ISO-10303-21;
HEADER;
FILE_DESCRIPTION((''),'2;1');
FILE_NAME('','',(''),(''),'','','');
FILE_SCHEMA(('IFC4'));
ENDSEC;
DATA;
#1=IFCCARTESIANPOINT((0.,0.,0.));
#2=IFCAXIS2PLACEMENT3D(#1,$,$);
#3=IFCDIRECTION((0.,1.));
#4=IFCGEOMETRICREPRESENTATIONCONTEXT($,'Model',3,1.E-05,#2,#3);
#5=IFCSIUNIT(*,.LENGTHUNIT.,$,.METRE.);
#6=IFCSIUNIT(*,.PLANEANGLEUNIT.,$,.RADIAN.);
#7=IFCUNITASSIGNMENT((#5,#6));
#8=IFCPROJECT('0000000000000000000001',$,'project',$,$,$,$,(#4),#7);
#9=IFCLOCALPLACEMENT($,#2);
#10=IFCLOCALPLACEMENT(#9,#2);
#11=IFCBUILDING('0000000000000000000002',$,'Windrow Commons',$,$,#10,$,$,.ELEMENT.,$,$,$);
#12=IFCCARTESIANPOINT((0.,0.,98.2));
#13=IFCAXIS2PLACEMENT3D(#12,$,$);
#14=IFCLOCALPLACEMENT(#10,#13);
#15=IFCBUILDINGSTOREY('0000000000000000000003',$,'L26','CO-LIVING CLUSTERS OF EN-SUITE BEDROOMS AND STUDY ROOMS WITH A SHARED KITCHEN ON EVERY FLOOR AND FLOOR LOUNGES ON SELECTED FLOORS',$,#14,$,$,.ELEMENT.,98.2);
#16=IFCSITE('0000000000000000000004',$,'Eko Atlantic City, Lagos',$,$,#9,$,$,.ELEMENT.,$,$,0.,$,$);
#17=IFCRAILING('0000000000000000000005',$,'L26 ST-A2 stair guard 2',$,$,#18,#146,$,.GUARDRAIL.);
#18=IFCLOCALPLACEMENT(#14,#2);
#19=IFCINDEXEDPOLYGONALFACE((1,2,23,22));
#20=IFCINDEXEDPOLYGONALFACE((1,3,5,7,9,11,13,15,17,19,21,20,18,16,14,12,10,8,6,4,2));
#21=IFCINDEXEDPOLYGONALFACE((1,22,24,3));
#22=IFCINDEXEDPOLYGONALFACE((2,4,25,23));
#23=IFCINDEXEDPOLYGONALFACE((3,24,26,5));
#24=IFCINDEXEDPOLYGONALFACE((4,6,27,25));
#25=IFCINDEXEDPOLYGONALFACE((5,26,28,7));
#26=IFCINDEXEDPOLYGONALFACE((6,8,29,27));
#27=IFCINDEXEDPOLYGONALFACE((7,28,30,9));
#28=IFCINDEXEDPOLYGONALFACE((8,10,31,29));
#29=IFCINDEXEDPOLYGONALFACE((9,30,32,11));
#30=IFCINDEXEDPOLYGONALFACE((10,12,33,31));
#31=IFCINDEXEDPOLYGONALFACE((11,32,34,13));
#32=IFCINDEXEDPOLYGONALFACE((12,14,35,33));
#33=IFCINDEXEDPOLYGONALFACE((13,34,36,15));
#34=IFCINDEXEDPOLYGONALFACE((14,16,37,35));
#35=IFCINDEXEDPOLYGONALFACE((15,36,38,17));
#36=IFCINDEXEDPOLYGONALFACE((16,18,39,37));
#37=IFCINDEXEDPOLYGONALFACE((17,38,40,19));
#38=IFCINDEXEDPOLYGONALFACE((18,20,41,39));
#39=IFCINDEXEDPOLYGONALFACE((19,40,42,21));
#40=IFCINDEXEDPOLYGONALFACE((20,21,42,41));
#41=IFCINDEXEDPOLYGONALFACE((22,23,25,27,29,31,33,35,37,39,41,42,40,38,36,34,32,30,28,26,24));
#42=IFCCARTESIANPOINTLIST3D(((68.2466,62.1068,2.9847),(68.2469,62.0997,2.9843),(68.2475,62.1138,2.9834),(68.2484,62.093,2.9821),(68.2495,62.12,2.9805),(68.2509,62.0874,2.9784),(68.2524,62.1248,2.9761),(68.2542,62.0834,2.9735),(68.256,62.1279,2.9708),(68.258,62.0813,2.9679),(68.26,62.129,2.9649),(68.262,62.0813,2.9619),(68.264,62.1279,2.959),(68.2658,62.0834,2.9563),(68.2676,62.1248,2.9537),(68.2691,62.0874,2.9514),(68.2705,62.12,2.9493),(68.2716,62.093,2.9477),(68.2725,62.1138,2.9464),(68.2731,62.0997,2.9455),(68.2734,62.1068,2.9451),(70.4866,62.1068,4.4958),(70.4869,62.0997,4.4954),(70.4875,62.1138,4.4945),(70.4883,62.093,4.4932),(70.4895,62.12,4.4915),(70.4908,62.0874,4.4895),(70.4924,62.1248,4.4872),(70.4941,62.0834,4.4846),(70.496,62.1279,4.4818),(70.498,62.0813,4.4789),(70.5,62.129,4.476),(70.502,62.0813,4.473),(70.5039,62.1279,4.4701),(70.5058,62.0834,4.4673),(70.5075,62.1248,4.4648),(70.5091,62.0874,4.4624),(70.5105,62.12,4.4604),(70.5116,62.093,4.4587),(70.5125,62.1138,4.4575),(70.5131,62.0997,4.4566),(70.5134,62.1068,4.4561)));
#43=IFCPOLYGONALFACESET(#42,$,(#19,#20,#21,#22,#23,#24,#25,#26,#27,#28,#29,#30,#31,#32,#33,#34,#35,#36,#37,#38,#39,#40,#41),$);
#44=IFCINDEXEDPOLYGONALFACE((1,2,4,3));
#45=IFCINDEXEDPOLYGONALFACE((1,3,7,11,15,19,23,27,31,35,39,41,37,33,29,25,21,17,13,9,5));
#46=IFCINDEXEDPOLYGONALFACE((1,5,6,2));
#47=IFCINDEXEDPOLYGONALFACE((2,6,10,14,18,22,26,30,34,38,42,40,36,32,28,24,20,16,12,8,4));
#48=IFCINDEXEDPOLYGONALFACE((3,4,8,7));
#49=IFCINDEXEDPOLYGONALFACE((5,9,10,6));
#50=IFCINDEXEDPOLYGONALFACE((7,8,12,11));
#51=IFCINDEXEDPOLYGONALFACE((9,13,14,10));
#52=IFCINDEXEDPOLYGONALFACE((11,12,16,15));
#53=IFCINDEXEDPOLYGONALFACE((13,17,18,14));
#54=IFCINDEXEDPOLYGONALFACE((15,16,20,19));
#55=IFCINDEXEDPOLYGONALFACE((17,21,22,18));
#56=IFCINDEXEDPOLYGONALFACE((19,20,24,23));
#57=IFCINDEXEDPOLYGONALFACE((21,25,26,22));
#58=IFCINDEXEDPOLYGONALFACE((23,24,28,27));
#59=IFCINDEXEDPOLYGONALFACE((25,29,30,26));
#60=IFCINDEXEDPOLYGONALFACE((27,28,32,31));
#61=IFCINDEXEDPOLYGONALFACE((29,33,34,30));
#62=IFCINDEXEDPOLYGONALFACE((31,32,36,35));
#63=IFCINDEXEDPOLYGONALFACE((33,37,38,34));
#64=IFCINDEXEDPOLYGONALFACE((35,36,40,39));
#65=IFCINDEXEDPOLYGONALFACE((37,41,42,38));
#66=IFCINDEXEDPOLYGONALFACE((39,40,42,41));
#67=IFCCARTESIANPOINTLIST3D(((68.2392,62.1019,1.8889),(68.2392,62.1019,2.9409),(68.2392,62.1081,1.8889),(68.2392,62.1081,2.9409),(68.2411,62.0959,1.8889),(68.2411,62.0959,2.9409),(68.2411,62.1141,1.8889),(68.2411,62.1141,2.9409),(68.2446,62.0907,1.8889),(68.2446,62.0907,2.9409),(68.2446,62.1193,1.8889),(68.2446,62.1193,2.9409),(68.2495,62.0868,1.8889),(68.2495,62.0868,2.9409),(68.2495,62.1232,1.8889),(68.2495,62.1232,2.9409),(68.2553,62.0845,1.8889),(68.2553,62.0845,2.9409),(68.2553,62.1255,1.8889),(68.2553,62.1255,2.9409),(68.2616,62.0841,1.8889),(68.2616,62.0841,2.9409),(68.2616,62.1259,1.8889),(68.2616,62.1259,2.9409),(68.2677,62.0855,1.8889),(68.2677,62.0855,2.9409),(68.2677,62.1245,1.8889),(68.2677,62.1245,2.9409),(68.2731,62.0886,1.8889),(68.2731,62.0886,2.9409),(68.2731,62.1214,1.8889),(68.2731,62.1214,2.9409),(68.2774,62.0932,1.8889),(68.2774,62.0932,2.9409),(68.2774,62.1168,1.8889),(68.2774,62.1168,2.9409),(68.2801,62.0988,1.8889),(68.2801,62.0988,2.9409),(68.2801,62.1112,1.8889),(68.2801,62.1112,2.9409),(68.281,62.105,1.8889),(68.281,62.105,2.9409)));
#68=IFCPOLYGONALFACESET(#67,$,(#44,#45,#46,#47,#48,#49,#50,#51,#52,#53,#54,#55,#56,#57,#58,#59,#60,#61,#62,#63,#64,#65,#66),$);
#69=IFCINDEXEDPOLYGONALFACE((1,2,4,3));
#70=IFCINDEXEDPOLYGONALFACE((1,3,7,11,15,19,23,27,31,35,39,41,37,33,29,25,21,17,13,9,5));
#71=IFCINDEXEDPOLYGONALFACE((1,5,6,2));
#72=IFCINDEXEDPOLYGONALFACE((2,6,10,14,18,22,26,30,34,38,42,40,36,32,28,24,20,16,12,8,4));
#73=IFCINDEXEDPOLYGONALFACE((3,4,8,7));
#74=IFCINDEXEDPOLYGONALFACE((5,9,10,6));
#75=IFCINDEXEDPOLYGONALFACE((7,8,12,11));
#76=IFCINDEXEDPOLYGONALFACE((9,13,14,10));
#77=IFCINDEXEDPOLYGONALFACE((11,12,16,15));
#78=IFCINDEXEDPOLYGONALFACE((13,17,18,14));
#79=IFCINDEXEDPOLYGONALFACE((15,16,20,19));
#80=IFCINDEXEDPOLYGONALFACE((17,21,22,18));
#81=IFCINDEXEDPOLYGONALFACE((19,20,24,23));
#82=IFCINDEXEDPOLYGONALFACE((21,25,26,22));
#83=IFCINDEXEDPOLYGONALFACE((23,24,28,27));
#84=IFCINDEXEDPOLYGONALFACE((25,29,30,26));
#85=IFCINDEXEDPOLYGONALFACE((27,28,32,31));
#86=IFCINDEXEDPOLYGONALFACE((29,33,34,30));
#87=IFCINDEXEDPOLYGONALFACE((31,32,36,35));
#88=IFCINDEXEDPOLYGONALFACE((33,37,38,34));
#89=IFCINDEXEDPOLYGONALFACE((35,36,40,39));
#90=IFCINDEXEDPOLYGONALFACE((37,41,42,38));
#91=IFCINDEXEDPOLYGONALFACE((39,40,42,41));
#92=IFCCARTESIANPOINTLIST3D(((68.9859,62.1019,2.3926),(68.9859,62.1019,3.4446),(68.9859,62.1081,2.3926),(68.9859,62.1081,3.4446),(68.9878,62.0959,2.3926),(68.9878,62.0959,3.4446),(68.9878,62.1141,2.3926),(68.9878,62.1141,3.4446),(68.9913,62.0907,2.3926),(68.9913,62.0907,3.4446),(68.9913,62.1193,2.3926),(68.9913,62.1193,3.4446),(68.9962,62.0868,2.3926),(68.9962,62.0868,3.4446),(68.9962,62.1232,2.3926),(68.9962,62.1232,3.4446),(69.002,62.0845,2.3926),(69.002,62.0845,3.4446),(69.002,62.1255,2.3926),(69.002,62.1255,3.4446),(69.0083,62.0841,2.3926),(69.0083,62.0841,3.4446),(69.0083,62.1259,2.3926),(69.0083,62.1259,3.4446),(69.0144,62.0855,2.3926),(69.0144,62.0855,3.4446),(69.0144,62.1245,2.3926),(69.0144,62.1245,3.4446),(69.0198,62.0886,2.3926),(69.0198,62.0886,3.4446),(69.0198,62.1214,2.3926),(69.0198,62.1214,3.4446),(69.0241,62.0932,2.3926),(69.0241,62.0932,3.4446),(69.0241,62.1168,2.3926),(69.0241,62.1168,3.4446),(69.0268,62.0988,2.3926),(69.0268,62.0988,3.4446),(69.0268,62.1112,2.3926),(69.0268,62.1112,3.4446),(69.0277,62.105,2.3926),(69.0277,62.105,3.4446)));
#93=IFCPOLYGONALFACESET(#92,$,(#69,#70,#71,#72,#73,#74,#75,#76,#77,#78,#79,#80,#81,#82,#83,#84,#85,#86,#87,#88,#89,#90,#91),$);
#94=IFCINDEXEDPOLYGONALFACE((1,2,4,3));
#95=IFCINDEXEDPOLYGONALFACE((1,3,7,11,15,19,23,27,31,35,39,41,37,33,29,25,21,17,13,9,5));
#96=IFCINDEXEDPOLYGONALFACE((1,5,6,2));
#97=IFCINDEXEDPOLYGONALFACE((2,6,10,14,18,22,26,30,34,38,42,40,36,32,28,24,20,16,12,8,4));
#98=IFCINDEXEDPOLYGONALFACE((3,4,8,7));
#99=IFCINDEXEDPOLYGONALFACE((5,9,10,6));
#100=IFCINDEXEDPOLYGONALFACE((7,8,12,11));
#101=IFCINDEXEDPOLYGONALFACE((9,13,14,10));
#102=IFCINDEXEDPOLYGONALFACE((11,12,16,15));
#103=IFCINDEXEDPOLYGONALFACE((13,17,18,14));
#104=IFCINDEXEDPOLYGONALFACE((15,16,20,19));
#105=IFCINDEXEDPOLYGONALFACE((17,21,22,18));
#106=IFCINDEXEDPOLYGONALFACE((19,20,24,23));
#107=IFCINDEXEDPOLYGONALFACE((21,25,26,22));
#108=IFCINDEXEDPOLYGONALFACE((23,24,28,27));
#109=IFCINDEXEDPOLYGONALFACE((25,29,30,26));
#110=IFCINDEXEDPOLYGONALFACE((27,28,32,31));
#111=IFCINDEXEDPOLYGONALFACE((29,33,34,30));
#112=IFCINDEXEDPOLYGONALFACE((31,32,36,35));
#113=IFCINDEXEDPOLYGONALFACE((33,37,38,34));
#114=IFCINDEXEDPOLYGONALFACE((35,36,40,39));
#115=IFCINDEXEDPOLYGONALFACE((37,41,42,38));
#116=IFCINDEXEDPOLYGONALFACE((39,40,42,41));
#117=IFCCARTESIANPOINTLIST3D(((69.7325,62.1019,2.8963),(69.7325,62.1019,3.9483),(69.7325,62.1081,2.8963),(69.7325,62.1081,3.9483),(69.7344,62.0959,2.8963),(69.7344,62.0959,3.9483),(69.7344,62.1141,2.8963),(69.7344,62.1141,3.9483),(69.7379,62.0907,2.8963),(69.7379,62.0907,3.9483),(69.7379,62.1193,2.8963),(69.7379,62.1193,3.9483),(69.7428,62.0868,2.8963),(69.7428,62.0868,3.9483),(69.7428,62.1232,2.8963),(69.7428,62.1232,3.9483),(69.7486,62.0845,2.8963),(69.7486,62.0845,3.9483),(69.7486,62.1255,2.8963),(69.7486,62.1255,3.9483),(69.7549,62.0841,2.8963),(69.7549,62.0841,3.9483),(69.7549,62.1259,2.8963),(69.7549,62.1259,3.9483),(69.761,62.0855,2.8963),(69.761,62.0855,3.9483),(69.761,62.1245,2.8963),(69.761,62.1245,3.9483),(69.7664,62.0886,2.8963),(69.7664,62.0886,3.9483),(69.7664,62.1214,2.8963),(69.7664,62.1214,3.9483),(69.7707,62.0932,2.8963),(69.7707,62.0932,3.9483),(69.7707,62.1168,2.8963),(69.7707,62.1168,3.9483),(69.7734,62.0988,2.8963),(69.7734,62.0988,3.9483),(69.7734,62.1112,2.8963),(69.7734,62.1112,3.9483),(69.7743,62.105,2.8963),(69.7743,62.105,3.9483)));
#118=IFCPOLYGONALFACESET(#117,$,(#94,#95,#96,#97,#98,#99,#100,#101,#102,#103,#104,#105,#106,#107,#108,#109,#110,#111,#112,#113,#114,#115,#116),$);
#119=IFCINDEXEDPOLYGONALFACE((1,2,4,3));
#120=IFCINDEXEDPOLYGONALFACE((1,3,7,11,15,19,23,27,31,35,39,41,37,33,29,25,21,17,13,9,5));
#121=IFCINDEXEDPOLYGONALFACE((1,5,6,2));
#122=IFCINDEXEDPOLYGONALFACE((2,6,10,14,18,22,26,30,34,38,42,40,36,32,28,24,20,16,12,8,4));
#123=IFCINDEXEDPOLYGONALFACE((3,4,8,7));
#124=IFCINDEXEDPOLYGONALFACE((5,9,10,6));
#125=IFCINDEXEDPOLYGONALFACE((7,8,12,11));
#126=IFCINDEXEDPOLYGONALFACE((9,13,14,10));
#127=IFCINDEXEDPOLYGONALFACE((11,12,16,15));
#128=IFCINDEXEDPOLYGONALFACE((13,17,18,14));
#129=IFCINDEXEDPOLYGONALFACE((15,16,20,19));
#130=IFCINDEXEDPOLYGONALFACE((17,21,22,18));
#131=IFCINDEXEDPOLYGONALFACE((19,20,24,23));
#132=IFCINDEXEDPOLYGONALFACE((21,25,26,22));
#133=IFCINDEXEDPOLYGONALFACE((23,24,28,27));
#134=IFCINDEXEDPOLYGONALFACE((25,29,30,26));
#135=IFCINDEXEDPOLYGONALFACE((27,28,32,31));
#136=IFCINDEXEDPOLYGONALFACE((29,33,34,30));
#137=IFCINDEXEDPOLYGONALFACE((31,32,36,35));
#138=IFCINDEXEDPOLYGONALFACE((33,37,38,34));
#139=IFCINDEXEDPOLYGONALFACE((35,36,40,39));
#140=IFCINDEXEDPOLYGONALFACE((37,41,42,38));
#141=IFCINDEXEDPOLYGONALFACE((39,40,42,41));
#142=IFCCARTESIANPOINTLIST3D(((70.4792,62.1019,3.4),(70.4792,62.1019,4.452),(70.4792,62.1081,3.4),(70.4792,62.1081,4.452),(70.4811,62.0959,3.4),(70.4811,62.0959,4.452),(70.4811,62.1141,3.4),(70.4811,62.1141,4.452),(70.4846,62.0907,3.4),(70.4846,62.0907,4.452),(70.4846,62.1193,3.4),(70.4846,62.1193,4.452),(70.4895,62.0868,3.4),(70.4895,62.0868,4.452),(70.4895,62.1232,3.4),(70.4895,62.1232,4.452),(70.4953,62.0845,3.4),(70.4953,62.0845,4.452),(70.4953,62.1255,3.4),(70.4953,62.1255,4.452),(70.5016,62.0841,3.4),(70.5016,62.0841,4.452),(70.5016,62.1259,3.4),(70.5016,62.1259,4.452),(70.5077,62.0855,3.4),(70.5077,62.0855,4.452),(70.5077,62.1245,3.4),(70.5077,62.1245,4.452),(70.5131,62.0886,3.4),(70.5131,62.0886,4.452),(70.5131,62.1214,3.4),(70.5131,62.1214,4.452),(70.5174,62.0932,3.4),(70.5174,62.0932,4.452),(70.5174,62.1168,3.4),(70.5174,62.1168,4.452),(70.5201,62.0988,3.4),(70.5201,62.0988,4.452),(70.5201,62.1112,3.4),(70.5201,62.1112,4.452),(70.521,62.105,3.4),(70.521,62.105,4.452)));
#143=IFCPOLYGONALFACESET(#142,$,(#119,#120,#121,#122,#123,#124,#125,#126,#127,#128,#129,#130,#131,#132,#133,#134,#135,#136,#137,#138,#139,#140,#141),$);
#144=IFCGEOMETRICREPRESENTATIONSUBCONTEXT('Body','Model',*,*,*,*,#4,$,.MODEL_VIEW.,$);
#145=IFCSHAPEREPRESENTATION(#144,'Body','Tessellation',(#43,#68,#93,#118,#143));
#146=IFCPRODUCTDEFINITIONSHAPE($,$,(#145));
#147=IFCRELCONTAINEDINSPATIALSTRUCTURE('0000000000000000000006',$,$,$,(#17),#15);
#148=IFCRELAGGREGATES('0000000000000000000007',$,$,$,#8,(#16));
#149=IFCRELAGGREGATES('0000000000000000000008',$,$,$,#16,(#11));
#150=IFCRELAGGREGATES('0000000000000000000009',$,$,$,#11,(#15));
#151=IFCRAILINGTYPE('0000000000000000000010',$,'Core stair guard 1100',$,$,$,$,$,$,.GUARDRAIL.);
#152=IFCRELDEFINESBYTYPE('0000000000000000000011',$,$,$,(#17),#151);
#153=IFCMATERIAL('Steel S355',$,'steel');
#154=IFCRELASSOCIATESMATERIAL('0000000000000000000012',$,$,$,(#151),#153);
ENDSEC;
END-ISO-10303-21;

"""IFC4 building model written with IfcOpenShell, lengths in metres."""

from ifc_helpers import new_model, si_unit, direction, frame, origin, origin_2d, place, context, subcontext, project, spatial, circle, extrude, material, type_object, element, save


model = new_model("IFC4")

# Units and contexts
model_context = context("Model", 3, precision=1e-05, world=origin(), true_north=direction((0.0, 1.0)))
body_context = subcontext(model_context, "Body", "Model", "MODEL_VIEW")
ifc_project = project(units=[si_unit("LENGTHUNIT", "METRE"), si_unit("PLANEANGLEUNIT", "RADIAN")], contexts=[model_context])

# Site, building, storey
site_placement = place(None, origin())
site = spatial("IfcSite", under=ifc_project, at=site_placement, Name="Eko Atlantic City, Lagos", CompositionType="ELEMENT", RefElevation=0.0)
building_placement = place(site_placement, origin())
building = spatial("IfcBuilding", under=site, at=building_placement, Name="Windrow Commons", CompositionType="ELEMENT")
storey_placement = place(building_placement, frame((0.0, 0.0, 98.2)))
storey = spatial("IfcBuildingStorey", under=building, at=storey_placement, Name="L26", Description="CO-LIVING CLUSTERS OF EN-SUITE BEDROOMS AND STUDY ROOMS WITH A SHARED KITCHEN ON EVERY FLOOR AND FLOOR LOUNGES ON SELECTED FLOORS", CompositionType="ELEMENT", Elevation=98.2)

# Railing
ifc_material_1 = material(Name="Steel S355", Category="steel")
railing_type_1 = type_object("IfcRailingType", Name="Core stair guard 1100", PredefinedType="GUARDRAIL", material=ifc_material_1)
railing_1_placement = place(storey_placement, frame((68.26, 62.105, 1.8889)))
element("IfcRailing", 1, at=railing_1_placement, inside=storey, type_object=railing_type_1, Name="L26 ST-A2 stair guard 2", PredefinedType="GUARDRAIL", context=body_context, shape_type="SweptSolid", body=[
    extrude(circle(Radius=0.024, at=origin_2d()), frame((0.0, 0.0, 1.076), z_axis=(0.829003, 0.0, 0.559244), x_axis=(0.0, 1.0, 0.0)), (0.0, 0.0, 1.0), 2.702),
    extrude(circle(Radius=0.021, at=origin_2d()), origin(), (0.0, 0.0, 1.0), 1.052),
    extrude(circle(Radius=0.021, at=origin_2d()), frame((0.7467, 0.0, 0.5037)), (0.0, 0.0, 1.0), 1.052),
    extrude(circle(Radius=0.021, at=origin_2d()), frame((1.4933, 0.0, 1.0074)), (0.0, 0.0, 1.0), 1.052),
    extrude(circle(Radius=0.021, at=origin_2d()), frame((2.24, 0.0, 1.5111)), (0.0, 0.0, 1.0), 1.052),
])

save(model, "model.ifc")
